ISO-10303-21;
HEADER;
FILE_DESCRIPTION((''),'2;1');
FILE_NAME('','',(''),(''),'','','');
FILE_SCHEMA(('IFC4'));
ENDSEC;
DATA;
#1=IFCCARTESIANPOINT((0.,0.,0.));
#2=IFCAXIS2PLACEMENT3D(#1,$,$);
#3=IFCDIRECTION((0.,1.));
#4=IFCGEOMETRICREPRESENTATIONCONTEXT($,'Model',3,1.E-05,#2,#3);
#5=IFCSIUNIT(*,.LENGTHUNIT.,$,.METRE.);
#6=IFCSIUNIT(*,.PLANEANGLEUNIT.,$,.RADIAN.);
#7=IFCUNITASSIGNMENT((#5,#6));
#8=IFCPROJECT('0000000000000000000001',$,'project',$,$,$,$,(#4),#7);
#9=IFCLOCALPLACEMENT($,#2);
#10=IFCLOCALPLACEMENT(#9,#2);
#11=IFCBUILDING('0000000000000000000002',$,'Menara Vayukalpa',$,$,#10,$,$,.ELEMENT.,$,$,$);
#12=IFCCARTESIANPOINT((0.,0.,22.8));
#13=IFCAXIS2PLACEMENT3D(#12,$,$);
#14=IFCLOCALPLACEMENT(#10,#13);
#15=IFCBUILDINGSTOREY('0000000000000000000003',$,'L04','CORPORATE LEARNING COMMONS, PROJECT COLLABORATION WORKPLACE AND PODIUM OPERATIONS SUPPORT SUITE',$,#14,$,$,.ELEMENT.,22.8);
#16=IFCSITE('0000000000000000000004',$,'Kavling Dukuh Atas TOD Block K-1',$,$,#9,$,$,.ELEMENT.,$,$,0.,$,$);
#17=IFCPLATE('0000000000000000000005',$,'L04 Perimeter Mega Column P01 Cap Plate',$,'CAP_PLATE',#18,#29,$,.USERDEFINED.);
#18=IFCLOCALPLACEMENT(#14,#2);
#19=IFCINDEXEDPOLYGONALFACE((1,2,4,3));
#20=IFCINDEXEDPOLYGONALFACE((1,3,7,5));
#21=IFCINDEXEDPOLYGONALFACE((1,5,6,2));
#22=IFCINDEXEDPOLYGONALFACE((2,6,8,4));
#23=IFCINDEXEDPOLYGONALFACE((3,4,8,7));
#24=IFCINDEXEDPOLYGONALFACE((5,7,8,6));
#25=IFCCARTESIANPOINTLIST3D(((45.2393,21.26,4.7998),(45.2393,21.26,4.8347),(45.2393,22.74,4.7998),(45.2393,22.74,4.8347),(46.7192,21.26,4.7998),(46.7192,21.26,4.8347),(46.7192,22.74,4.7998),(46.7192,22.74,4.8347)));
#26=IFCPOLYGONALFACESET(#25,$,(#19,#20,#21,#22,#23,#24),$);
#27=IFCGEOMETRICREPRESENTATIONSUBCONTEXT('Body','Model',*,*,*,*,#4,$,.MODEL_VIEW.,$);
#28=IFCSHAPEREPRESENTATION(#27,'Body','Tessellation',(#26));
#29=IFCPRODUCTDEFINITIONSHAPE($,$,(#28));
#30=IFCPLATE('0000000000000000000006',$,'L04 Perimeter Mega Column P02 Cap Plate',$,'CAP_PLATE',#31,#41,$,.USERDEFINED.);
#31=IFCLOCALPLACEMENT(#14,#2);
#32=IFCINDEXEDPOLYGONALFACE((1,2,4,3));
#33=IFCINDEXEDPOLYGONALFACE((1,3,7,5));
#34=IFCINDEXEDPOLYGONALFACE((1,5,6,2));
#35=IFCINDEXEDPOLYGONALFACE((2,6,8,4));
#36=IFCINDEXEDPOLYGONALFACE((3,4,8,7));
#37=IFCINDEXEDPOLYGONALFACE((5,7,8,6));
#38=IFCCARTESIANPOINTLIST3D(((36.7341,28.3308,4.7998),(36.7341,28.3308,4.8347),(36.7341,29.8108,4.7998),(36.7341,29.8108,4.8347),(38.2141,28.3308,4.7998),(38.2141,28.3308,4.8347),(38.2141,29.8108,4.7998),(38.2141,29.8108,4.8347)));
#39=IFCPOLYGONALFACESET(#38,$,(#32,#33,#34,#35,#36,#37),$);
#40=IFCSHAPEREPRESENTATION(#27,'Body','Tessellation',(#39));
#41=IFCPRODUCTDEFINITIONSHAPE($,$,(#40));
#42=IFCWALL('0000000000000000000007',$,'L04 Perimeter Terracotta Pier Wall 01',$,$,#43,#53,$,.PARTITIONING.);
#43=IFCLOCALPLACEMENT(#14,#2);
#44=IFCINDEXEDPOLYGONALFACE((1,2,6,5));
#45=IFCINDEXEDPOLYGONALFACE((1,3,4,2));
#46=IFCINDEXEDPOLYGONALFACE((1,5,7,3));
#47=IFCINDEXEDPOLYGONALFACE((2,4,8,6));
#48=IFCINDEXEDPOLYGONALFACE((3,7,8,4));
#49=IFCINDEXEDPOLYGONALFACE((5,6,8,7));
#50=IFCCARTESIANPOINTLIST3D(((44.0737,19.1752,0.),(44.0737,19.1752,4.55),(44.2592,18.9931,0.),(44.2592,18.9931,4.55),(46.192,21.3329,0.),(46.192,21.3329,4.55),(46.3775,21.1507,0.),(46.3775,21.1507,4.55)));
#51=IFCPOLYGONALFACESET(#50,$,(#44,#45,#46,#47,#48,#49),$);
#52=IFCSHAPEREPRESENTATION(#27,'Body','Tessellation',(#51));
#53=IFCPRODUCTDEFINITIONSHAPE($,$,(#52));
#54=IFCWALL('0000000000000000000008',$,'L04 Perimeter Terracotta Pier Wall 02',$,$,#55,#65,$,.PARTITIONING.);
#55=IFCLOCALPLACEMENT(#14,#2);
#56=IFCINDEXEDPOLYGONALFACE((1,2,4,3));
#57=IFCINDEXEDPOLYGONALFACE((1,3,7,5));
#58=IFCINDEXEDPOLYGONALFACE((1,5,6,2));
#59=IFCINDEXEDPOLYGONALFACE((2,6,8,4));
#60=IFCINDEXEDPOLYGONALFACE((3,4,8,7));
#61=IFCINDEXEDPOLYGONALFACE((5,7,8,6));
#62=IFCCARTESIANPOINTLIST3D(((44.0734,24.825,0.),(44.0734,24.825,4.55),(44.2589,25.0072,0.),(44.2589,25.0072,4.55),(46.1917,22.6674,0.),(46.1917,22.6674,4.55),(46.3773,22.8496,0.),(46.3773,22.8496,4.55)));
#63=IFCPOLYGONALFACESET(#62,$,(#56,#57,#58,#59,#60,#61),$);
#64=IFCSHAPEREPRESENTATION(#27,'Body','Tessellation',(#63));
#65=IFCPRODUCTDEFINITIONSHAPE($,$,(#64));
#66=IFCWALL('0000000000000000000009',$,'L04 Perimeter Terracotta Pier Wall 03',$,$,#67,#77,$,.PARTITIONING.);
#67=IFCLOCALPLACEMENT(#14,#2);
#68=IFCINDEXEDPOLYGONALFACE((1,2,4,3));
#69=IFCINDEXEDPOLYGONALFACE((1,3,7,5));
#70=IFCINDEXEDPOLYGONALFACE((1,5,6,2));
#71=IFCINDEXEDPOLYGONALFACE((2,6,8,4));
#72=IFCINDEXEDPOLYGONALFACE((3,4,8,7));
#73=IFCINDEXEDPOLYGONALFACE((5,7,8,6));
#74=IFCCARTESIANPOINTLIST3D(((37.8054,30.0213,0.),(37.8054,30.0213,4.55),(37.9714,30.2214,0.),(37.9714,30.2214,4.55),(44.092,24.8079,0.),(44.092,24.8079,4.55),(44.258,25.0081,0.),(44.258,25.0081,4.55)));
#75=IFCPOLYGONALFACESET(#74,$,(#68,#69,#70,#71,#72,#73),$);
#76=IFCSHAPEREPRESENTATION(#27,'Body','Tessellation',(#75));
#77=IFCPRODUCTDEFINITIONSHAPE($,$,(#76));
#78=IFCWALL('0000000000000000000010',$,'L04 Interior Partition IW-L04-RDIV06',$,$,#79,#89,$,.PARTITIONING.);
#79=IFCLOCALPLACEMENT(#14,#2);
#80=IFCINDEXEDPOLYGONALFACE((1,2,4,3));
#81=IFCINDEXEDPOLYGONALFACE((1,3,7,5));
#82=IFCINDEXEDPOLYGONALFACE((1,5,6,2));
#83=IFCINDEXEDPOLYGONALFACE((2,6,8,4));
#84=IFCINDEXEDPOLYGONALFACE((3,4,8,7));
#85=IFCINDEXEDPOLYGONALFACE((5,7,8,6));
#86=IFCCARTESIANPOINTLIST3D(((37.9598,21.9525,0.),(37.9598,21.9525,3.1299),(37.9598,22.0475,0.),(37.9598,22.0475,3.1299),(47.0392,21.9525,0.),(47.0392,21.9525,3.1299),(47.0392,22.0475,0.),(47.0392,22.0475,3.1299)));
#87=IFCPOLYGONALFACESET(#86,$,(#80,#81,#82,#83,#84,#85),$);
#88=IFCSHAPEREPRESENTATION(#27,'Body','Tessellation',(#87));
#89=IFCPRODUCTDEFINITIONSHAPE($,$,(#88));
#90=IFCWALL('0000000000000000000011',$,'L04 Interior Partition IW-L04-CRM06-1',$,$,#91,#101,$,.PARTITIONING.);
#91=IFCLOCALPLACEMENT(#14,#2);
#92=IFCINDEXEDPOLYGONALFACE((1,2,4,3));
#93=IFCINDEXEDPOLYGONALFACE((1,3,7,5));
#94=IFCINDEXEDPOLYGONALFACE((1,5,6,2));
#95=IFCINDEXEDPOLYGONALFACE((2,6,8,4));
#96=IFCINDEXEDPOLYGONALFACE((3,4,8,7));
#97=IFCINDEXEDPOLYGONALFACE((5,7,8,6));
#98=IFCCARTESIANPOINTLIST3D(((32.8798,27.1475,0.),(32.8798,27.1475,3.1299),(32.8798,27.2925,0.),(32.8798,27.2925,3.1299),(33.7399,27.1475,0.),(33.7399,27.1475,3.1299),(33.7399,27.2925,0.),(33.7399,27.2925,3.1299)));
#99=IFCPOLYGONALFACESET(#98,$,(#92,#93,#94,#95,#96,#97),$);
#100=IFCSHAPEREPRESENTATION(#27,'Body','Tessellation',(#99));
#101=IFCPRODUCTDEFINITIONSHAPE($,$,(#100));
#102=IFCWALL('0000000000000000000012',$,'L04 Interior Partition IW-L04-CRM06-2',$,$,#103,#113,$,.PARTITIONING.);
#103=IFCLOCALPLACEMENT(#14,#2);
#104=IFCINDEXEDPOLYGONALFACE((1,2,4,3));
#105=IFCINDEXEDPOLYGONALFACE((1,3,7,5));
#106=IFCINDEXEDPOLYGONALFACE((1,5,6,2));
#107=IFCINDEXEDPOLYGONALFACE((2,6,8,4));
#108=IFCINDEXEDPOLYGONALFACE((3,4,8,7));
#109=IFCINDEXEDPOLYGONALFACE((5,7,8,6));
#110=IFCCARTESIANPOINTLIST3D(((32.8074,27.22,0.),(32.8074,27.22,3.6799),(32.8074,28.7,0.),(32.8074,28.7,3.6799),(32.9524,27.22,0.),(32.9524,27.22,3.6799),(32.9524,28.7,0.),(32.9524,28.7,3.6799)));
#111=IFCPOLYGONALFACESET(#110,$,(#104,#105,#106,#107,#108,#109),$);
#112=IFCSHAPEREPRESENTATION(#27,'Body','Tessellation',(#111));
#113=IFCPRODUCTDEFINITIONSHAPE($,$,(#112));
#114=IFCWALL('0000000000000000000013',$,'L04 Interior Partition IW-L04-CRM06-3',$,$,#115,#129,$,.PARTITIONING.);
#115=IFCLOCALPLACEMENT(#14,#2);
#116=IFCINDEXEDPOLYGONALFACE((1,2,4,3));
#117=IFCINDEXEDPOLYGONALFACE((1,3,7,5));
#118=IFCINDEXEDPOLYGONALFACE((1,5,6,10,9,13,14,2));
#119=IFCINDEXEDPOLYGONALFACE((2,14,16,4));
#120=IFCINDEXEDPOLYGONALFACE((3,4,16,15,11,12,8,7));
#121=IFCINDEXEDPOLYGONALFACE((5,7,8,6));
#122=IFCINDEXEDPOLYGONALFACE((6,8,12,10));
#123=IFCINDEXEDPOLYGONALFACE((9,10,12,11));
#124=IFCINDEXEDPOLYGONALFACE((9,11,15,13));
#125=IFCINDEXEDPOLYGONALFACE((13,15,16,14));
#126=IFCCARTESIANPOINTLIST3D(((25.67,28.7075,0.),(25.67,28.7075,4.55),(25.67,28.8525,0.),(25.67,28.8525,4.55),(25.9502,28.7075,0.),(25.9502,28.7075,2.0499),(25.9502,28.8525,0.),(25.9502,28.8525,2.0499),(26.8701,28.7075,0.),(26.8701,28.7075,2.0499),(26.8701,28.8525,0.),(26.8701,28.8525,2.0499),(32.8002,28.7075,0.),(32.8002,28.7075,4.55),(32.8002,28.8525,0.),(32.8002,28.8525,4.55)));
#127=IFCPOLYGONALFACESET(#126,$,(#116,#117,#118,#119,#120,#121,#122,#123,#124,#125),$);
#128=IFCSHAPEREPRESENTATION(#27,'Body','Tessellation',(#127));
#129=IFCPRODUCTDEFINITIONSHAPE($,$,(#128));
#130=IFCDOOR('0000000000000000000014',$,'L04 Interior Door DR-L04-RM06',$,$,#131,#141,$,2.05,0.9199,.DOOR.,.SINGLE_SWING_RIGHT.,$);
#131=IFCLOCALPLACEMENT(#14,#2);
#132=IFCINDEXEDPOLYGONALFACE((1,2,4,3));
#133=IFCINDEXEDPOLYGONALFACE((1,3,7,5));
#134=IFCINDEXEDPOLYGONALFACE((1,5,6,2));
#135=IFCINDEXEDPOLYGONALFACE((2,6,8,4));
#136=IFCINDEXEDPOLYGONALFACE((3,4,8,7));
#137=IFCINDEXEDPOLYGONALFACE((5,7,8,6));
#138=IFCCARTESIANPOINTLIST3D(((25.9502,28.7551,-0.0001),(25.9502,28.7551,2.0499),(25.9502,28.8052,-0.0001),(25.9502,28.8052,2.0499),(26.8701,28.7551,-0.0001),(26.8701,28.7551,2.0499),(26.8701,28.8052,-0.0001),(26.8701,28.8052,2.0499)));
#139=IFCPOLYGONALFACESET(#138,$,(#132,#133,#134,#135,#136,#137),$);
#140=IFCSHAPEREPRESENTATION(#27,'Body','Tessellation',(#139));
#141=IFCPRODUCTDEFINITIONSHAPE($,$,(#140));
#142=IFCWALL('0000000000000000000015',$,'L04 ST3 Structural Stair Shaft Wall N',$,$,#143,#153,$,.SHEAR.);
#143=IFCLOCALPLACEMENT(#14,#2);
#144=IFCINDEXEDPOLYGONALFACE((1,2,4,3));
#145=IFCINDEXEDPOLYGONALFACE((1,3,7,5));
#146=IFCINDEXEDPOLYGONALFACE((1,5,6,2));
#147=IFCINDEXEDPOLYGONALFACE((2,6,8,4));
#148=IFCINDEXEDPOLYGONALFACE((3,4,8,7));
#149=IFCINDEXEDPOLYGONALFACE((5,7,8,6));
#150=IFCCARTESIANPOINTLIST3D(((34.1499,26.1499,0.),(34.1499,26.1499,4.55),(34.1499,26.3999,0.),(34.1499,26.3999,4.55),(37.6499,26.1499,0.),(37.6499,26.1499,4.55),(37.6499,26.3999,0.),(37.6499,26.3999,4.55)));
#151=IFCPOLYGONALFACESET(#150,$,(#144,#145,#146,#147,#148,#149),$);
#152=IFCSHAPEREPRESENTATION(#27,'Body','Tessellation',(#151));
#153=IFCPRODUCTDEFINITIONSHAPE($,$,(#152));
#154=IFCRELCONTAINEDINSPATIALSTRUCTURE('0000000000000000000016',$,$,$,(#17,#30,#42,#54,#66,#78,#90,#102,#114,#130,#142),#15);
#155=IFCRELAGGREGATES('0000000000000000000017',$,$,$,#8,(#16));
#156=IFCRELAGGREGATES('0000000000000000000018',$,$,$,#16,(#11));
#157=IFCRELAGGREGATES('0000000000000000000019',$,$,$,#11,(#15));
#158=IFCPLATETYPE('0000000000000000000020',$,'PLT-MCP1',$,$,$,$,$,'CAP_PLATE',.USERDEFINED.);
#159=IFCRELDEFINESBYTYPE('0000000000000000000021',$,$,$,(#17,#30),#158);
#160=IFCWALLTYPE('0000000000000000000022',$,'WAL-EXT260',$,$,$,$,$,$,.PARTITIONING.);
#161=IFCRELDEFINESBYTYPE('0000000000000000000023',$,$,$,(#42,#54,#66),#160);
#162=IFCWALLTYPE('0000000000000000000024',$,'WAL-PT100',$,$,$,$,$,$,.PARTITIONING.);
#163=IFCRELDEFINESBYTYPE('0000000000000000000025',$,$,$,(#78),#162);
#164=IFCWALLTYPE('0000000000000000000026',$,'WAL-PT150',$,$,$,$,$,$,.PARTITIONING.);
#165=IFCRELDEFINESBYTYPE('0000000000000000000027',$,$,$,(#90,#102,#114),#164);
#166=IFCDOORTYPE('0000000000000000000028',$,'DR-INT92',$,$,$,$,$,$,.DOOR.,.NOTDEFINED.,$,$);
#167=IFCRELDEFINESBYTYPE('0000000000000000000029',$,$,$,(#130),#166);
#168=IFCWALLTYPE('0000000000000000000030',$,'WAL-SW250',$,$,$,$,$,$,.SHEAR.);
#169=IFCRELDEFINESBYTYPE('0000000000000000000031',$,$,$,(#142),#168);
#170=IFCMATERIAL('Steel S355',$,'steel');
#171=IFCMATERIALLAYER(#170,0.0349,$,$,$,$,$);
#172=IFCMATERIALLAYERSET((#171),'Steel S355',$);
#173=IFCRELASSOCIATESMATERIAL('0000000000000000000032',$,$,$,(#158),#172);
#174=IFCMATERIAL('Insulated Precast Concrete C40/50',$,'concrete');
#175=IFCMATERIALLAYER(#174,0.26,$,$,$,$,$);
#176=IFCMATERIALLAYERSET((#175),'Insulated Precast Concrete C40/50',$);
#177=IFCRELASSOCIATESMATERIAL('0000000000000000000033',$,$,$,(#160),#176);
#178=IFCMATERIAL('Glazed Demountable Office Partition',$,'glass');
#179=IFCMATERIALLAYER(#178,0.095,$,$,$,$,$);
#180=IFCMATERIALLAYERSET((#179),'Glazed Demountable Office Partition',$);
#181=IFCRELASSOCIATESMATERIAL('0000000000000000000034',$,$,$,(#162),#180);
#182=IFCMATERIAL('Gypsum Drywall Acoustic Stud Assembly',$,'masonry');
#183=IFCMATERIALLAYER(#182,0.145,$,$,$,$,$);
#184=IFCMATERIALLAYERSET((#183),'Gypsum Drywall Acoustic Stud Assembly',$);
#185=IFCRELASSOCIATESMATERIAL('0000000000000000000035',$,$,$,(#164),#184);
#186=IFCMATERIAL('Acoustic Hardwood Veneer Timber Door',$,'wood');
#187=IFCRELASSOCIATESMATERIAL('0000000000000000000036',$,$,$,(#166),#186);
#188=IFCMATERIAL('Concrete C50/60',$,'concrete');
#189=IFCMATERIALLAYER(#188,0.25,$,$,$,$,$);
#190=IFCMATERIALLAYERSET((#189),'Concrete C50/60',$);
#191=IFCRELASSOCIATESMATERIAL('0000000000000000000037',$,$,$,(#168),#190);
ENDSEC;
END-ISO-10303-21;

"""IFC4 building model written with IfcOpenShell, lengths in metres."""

from ifc_helpers import new_model, si_unit, direction, frame, frame_2d, origin, origin_2d, place, context, subcontext, project, spatial, rectangle, extrude, material, layer, layer_set, type_object, element, fill, save


model = new_model("IFC4")

# Units and contexts
model_context = context("Model", 3, precision=1e-05, world=origin(), true_north=direction((0.0, 1.0)))
body_context = subcontext(model_context, "Body", "Model", "MODEL_VIEW")
ifc_project = project(units=[si_unit("LENGTHUNIT", "METRE"), si_unit("PLANEANGLEUNIT", "RADIAN")], contexts=[model_context])

# Site, building, storey
site_placement = place(None, origin())
site = spatial("IfcSite", under=ifc_project, at=site_placement, Name="Kavling Dukuh Atas TOD Block K-1", CompositionType="ELEMENT", RefElevation=0.0)
building_placement = place(site_placement, origin())
building = spatial("IfcBuilding", under=site, at=building_placement, Name="Menara Vayukalpa", CompositionType="ELEMENT")
storey_placement = place(building_placement, frame((0.0, 0.0, 22.8)))
storey = spatial("IfcBuildingStorey", under=building, at=storey_placement, Name="L04", Description="CORPORATE LEARNING COMMONS, PROJECT COLLABORATION WORKPLACE AND PODIUM OPERATIONS SUPPORT SUITE", CompositionType="ELEMENT", Elevation=22.8)

# Plates
ifc_material_1 = material(Name="Steel S355", Category="steel")
ifc_layer_1 = layer(ifc_material_1, 0.0349)
ifc_layer_set_1 = layer_set([ifc_layer_1], Name="Steel S355")
plate_type_1 = type_object("IfcPlateType", Name="PLT-MCP1", ElementType="CAP_PLATE", PredefinedType="USERDEFINED", material=ifc_layer_set_1)
for number, where, z_axis, x_axis, name in (
    (1, (45.9792, 22.0, 4.7998), (0.0, 0.0, 1.0), (1.0, 0.0, 0.0), "L04 Perimeter Mega Column P01 Cap Plate"),
    (2, (37.4741, 29.0708, 4.7998), (0.0, 0.0, 1.0), (1.0, 0.0, 0.0), "L04 Perimeter Mega Column P02 Cap Plate"),
):
    element("IfcPlate", number, at=place(storey_placement, frame(where, z_axis=z_axis, x_axis=x_axis)), inside=storey, type_object=plate_type_1, Name=name, ObjectType="CAP_PLATE", PredefinedType="USERDEFINED", context=body_context, shape_type="SweptSolid", body=[
        extrude(rectangle(XDim=1.48, YDim=1.48, at=origin_2d()), origin(), (0.0, 0.0, 1.0), 0.0349),
    ])

# Walls
ifc_material_2 = material(Name="Insulated Precast Concrete C40/50", Category="concrete")
ifc_layer_2 = layer(ifc_material_2, 0.26)
ifc_layer_set_2 = layer_set([ifc_layer_2], Name="Insulated Precast Concrete C40/50")
wall_type_1 = type_object("IfcWallType", Name="WAL-EXT260", PredefinedType="PARTITIONING", material=ifc_layer_set_2)
for number, where, z_axis, x_axis, name in (
    (3, (46.2847, 21.2417, 0.0), (0.0, 0.0, 1.0), (-0.700577, -0.713576, 0.0), "L04 Perimeter Terracotta Pier Wall 01"),
    (4, (44.1663, 24.916, 0.0), (0.0, 0.0, 1.0), (0.700577, -0.713576, 0.0), "L04 Perimeter Terracotta Pier Wall 02"),
):
    element("IfcWall", number, at=place(storey_placement, frame(where, z_axis=z_axis, x_axis=x_axis)), inside=storey, type_object=wall_type_1, Name=name, PredefinedType="PARTITIONING", context=body_context, shape_type="SweptSolid", body=[
        extrude(rectangle(XDim=3.0237, YDim=0.26, at=frame_2d((1.5117, 0.0))), origin(), (0.0, 0.0, 1.0), 4.55),
    ])
wall_1_placement = place(storey_placement, frame((37.8884, 30.1213, 0.0), z_axis=(0.0, 0.0, 1.0), x_axis=(0.769753, -0.638342, 0.0)))
element("IfcWall", 5, at=wall_1_placement, inside=storey, type_object=wall_type_1, Name="L04 Perimeter Terracotta Pier Wall 03", PredefinedType="PARTITIONING", context=body_context, shape_type="SweptSolid", body=[
    extrude(rectangle(XDim=8.167, YDim=0.26, at=frame_2d((4.0835, 0.0))), origin(), (0.0, 0.0, 1.0), 4.55),
])
ifc_material_3 = material(Name="Glazed Demountable Office Partition", Category="glass")
ifc_layer_3 = layer(ifc_material_3, 0.095)
ifc_layer_set_3 = layer_set([ifc_layer_3], Name="Glazed Demountable Office Partition")
wall_type_2 = type_object("IfcWallType", Name="WAL-PT100", PredefinedType="PARTITIONING", material=ifc_layer_set_3)
wall_2_placement = place(storey_placement, frame((37.96, 22.0, 0.0), z_axis=(0.0, 0.0, 1.0), x_axis=(1.0, 0.0, 0.0)))
element("IfcWall", 6, at=wall_2_placement, inside=storey, type_object=wall_type_2, Name="L04 Interior Partition IW-L04-RDIV06", PredefinedType="PARTITIONING", context=body_context, shape_type="SweptSolid", body=[
    extrude(rectangle(XDim=9.0793, YDim=0.095, at=frame_2d((4.5396, 0.0))), origin(), (0.0, 0.0, 1.0), 3.1299),
])
ifc_material_4 = material(Name="Gypsum Drywall Acoustic Stud Assembly", Category="masonry")
ifc_layer_4 = layer(ifc_material_4, 0.145)
ifc_layer_set_4 = layer_set([ifc_layer_4], Name="Gypsum Drywall Acoustic Stud Assembly")
wall_type_3 = type_object("IfcWallType", Name="WAL-PT150", PredefinedType="PARTITIONING", material=ifc_layer_set_4)
wall_3_placement = place(storey_placement, frame((33.74, 27.22, 0.0), z_axis=(0.0, 0.0, 1.0), x_axis=(-1.0, 0.0, 0.0)))
element("IfcWall", 7, at=wall_3_placement, inside=storey, type_object=wall_type_3, Name="L04 Interior Partition IW-L04-CRM06-1", PredefinedType="PARTITIONING", context=body_context, shape_type="SweptSolid", body=[
    extrude(rectangle(XDim=0.8601, YDim=0.145, at=frame_2d((0.4302, 0.0))), origin(), (0.0, 0.0, 1.0), 3.1299),
])
wall_4_placement = place(storey_placement, frame((32.8799, 27.22, 0.0), z_axis=(0.0, 0.0, 1.0), x_axis=(0.0, 1.0, 0.0)))
element("IfcWall", 8, at=wall_4_placement, inside=storey, type_object=wall_type_3, Name="L04 Interior Partition IW-L04-CRM06-2", PredefinedType="PARTITIONING", context=body_context, shape_type="SweptSolid", body=[
    extrude(rectangle(XDim=1.48, YDim=0.145, at=frame_2d((0.74, 0.0))), origin(), (0.0, 0.0, 1.0), 3.6799),
])

# Wall, opening, door
wall_5_placement = place(storey_placement, frame((32.8, 28.78, 0.0), z_axis=(0.0, 0.0, 1.0), x_axis=(-1.0, 0.0, 0.0)))
wall_5 = element("IfcWall", 9, at=wall_5_placement, inside=storey, type_object=wall_type_3, Name="L04 Interior Partition IW-L04-CRM06-3", PredefinedType="PARTITIONING", context=body_context, shape_type="SweptSolid", body=[
    extrude(rectangle(XDim=7.1301, YDim=0.145, at=frame_2d((3.5649, 0.0))), origin(), (0.0, 0.0, 1.0), 4.55),
])
opening_placement = place(wall_5_placement, frame((5.9299, 0.0, 0.0)))
opening = element("IfcOpeningElement", 10, at=opening_placement, cuts=wall_5, PredefinedType="OPENING", context=body_context, shape_type="SweptSolid", body=[
    extrude(rectangle(XDim=0.9199, YDim=2.05, at=frame_2d((0.46, 1.0249))), frame((0.0, 0.0825, 0.0), z_axis=(0.0, -1.0, 0.0), x_axis=(1.0, 0.0, 0.0)), (0.0, 0.0, 1.0), 0.165),
])
ifc_material_5 = material(Name="Acoustic Hardwood Veneer Timber Door", Category="wood")
door_type = type_object("IfcDoorType", Name="DR-INT92", OperationType="NOTDEFINED", PredefinedType="DOOR", material=ifc_material_5)
door_placement = place(opening_placement, origin())
door = element("IfcDoor", 11, at=door_placement, inside=storey, type_object=door_type, Name="L04 Interior Door DR-L04-RM06", OperationType="SINGLE_SWING_RIGHT", OverallHeight=2.05, OverallWidth=0.9199, PredefinedType="DOOR", context=body_context, shape_type="SweptSolid", body=[
    extrude(rectangle(XDim=0.9199, YDim=2.05, at=frame_2d((0.46, 1.0249))), frame((0.0, 0.0249, 0.0), z_axis=(0.0, -1.0, 0.0), x_axis=(1.0, 0.0, 0.0)), (0.0, 0.0, 1.0), 0.05),
])
fill(opening, door)

# Wall
ifc_material_6 = material(Name="Concrete C50/60", Category="concrete")
ifc_layer_5 = layer(ifc_material_6, 0.25)
ifc_layer_set_5 = layer_set([ifc_layer_5], Name="Concrete C50/60")
wall_type_4 = type_object("IfcWallType", Name="WAL-SW250", PredefinedType="SHEAR", material=ifc_layer_set_5)
wall_6_placement = place(storey_placement, frame((34.1499, 26.2749, 0.0), z_axis=(0.0, 0.0, 1.0), x_axis=(1.0, 0.0, 0.0)))
element("IfcWall", 12, at=wall_6_placement, inside=storey, type_object=wall_type_4, Name="L04 ST3 Structural Stair Shaft Wall N", PredefinedType="SHEAR", context=body_context, shape_type="SweptSolid", body=[
    extrude(rectangle(XDim=3.5, YDim=0.25, at=frame_2d((1.75, 0.0))), origin(), (0.0, 0.0, 1.0), 4.55),
])

save(model, "model.ifc")
